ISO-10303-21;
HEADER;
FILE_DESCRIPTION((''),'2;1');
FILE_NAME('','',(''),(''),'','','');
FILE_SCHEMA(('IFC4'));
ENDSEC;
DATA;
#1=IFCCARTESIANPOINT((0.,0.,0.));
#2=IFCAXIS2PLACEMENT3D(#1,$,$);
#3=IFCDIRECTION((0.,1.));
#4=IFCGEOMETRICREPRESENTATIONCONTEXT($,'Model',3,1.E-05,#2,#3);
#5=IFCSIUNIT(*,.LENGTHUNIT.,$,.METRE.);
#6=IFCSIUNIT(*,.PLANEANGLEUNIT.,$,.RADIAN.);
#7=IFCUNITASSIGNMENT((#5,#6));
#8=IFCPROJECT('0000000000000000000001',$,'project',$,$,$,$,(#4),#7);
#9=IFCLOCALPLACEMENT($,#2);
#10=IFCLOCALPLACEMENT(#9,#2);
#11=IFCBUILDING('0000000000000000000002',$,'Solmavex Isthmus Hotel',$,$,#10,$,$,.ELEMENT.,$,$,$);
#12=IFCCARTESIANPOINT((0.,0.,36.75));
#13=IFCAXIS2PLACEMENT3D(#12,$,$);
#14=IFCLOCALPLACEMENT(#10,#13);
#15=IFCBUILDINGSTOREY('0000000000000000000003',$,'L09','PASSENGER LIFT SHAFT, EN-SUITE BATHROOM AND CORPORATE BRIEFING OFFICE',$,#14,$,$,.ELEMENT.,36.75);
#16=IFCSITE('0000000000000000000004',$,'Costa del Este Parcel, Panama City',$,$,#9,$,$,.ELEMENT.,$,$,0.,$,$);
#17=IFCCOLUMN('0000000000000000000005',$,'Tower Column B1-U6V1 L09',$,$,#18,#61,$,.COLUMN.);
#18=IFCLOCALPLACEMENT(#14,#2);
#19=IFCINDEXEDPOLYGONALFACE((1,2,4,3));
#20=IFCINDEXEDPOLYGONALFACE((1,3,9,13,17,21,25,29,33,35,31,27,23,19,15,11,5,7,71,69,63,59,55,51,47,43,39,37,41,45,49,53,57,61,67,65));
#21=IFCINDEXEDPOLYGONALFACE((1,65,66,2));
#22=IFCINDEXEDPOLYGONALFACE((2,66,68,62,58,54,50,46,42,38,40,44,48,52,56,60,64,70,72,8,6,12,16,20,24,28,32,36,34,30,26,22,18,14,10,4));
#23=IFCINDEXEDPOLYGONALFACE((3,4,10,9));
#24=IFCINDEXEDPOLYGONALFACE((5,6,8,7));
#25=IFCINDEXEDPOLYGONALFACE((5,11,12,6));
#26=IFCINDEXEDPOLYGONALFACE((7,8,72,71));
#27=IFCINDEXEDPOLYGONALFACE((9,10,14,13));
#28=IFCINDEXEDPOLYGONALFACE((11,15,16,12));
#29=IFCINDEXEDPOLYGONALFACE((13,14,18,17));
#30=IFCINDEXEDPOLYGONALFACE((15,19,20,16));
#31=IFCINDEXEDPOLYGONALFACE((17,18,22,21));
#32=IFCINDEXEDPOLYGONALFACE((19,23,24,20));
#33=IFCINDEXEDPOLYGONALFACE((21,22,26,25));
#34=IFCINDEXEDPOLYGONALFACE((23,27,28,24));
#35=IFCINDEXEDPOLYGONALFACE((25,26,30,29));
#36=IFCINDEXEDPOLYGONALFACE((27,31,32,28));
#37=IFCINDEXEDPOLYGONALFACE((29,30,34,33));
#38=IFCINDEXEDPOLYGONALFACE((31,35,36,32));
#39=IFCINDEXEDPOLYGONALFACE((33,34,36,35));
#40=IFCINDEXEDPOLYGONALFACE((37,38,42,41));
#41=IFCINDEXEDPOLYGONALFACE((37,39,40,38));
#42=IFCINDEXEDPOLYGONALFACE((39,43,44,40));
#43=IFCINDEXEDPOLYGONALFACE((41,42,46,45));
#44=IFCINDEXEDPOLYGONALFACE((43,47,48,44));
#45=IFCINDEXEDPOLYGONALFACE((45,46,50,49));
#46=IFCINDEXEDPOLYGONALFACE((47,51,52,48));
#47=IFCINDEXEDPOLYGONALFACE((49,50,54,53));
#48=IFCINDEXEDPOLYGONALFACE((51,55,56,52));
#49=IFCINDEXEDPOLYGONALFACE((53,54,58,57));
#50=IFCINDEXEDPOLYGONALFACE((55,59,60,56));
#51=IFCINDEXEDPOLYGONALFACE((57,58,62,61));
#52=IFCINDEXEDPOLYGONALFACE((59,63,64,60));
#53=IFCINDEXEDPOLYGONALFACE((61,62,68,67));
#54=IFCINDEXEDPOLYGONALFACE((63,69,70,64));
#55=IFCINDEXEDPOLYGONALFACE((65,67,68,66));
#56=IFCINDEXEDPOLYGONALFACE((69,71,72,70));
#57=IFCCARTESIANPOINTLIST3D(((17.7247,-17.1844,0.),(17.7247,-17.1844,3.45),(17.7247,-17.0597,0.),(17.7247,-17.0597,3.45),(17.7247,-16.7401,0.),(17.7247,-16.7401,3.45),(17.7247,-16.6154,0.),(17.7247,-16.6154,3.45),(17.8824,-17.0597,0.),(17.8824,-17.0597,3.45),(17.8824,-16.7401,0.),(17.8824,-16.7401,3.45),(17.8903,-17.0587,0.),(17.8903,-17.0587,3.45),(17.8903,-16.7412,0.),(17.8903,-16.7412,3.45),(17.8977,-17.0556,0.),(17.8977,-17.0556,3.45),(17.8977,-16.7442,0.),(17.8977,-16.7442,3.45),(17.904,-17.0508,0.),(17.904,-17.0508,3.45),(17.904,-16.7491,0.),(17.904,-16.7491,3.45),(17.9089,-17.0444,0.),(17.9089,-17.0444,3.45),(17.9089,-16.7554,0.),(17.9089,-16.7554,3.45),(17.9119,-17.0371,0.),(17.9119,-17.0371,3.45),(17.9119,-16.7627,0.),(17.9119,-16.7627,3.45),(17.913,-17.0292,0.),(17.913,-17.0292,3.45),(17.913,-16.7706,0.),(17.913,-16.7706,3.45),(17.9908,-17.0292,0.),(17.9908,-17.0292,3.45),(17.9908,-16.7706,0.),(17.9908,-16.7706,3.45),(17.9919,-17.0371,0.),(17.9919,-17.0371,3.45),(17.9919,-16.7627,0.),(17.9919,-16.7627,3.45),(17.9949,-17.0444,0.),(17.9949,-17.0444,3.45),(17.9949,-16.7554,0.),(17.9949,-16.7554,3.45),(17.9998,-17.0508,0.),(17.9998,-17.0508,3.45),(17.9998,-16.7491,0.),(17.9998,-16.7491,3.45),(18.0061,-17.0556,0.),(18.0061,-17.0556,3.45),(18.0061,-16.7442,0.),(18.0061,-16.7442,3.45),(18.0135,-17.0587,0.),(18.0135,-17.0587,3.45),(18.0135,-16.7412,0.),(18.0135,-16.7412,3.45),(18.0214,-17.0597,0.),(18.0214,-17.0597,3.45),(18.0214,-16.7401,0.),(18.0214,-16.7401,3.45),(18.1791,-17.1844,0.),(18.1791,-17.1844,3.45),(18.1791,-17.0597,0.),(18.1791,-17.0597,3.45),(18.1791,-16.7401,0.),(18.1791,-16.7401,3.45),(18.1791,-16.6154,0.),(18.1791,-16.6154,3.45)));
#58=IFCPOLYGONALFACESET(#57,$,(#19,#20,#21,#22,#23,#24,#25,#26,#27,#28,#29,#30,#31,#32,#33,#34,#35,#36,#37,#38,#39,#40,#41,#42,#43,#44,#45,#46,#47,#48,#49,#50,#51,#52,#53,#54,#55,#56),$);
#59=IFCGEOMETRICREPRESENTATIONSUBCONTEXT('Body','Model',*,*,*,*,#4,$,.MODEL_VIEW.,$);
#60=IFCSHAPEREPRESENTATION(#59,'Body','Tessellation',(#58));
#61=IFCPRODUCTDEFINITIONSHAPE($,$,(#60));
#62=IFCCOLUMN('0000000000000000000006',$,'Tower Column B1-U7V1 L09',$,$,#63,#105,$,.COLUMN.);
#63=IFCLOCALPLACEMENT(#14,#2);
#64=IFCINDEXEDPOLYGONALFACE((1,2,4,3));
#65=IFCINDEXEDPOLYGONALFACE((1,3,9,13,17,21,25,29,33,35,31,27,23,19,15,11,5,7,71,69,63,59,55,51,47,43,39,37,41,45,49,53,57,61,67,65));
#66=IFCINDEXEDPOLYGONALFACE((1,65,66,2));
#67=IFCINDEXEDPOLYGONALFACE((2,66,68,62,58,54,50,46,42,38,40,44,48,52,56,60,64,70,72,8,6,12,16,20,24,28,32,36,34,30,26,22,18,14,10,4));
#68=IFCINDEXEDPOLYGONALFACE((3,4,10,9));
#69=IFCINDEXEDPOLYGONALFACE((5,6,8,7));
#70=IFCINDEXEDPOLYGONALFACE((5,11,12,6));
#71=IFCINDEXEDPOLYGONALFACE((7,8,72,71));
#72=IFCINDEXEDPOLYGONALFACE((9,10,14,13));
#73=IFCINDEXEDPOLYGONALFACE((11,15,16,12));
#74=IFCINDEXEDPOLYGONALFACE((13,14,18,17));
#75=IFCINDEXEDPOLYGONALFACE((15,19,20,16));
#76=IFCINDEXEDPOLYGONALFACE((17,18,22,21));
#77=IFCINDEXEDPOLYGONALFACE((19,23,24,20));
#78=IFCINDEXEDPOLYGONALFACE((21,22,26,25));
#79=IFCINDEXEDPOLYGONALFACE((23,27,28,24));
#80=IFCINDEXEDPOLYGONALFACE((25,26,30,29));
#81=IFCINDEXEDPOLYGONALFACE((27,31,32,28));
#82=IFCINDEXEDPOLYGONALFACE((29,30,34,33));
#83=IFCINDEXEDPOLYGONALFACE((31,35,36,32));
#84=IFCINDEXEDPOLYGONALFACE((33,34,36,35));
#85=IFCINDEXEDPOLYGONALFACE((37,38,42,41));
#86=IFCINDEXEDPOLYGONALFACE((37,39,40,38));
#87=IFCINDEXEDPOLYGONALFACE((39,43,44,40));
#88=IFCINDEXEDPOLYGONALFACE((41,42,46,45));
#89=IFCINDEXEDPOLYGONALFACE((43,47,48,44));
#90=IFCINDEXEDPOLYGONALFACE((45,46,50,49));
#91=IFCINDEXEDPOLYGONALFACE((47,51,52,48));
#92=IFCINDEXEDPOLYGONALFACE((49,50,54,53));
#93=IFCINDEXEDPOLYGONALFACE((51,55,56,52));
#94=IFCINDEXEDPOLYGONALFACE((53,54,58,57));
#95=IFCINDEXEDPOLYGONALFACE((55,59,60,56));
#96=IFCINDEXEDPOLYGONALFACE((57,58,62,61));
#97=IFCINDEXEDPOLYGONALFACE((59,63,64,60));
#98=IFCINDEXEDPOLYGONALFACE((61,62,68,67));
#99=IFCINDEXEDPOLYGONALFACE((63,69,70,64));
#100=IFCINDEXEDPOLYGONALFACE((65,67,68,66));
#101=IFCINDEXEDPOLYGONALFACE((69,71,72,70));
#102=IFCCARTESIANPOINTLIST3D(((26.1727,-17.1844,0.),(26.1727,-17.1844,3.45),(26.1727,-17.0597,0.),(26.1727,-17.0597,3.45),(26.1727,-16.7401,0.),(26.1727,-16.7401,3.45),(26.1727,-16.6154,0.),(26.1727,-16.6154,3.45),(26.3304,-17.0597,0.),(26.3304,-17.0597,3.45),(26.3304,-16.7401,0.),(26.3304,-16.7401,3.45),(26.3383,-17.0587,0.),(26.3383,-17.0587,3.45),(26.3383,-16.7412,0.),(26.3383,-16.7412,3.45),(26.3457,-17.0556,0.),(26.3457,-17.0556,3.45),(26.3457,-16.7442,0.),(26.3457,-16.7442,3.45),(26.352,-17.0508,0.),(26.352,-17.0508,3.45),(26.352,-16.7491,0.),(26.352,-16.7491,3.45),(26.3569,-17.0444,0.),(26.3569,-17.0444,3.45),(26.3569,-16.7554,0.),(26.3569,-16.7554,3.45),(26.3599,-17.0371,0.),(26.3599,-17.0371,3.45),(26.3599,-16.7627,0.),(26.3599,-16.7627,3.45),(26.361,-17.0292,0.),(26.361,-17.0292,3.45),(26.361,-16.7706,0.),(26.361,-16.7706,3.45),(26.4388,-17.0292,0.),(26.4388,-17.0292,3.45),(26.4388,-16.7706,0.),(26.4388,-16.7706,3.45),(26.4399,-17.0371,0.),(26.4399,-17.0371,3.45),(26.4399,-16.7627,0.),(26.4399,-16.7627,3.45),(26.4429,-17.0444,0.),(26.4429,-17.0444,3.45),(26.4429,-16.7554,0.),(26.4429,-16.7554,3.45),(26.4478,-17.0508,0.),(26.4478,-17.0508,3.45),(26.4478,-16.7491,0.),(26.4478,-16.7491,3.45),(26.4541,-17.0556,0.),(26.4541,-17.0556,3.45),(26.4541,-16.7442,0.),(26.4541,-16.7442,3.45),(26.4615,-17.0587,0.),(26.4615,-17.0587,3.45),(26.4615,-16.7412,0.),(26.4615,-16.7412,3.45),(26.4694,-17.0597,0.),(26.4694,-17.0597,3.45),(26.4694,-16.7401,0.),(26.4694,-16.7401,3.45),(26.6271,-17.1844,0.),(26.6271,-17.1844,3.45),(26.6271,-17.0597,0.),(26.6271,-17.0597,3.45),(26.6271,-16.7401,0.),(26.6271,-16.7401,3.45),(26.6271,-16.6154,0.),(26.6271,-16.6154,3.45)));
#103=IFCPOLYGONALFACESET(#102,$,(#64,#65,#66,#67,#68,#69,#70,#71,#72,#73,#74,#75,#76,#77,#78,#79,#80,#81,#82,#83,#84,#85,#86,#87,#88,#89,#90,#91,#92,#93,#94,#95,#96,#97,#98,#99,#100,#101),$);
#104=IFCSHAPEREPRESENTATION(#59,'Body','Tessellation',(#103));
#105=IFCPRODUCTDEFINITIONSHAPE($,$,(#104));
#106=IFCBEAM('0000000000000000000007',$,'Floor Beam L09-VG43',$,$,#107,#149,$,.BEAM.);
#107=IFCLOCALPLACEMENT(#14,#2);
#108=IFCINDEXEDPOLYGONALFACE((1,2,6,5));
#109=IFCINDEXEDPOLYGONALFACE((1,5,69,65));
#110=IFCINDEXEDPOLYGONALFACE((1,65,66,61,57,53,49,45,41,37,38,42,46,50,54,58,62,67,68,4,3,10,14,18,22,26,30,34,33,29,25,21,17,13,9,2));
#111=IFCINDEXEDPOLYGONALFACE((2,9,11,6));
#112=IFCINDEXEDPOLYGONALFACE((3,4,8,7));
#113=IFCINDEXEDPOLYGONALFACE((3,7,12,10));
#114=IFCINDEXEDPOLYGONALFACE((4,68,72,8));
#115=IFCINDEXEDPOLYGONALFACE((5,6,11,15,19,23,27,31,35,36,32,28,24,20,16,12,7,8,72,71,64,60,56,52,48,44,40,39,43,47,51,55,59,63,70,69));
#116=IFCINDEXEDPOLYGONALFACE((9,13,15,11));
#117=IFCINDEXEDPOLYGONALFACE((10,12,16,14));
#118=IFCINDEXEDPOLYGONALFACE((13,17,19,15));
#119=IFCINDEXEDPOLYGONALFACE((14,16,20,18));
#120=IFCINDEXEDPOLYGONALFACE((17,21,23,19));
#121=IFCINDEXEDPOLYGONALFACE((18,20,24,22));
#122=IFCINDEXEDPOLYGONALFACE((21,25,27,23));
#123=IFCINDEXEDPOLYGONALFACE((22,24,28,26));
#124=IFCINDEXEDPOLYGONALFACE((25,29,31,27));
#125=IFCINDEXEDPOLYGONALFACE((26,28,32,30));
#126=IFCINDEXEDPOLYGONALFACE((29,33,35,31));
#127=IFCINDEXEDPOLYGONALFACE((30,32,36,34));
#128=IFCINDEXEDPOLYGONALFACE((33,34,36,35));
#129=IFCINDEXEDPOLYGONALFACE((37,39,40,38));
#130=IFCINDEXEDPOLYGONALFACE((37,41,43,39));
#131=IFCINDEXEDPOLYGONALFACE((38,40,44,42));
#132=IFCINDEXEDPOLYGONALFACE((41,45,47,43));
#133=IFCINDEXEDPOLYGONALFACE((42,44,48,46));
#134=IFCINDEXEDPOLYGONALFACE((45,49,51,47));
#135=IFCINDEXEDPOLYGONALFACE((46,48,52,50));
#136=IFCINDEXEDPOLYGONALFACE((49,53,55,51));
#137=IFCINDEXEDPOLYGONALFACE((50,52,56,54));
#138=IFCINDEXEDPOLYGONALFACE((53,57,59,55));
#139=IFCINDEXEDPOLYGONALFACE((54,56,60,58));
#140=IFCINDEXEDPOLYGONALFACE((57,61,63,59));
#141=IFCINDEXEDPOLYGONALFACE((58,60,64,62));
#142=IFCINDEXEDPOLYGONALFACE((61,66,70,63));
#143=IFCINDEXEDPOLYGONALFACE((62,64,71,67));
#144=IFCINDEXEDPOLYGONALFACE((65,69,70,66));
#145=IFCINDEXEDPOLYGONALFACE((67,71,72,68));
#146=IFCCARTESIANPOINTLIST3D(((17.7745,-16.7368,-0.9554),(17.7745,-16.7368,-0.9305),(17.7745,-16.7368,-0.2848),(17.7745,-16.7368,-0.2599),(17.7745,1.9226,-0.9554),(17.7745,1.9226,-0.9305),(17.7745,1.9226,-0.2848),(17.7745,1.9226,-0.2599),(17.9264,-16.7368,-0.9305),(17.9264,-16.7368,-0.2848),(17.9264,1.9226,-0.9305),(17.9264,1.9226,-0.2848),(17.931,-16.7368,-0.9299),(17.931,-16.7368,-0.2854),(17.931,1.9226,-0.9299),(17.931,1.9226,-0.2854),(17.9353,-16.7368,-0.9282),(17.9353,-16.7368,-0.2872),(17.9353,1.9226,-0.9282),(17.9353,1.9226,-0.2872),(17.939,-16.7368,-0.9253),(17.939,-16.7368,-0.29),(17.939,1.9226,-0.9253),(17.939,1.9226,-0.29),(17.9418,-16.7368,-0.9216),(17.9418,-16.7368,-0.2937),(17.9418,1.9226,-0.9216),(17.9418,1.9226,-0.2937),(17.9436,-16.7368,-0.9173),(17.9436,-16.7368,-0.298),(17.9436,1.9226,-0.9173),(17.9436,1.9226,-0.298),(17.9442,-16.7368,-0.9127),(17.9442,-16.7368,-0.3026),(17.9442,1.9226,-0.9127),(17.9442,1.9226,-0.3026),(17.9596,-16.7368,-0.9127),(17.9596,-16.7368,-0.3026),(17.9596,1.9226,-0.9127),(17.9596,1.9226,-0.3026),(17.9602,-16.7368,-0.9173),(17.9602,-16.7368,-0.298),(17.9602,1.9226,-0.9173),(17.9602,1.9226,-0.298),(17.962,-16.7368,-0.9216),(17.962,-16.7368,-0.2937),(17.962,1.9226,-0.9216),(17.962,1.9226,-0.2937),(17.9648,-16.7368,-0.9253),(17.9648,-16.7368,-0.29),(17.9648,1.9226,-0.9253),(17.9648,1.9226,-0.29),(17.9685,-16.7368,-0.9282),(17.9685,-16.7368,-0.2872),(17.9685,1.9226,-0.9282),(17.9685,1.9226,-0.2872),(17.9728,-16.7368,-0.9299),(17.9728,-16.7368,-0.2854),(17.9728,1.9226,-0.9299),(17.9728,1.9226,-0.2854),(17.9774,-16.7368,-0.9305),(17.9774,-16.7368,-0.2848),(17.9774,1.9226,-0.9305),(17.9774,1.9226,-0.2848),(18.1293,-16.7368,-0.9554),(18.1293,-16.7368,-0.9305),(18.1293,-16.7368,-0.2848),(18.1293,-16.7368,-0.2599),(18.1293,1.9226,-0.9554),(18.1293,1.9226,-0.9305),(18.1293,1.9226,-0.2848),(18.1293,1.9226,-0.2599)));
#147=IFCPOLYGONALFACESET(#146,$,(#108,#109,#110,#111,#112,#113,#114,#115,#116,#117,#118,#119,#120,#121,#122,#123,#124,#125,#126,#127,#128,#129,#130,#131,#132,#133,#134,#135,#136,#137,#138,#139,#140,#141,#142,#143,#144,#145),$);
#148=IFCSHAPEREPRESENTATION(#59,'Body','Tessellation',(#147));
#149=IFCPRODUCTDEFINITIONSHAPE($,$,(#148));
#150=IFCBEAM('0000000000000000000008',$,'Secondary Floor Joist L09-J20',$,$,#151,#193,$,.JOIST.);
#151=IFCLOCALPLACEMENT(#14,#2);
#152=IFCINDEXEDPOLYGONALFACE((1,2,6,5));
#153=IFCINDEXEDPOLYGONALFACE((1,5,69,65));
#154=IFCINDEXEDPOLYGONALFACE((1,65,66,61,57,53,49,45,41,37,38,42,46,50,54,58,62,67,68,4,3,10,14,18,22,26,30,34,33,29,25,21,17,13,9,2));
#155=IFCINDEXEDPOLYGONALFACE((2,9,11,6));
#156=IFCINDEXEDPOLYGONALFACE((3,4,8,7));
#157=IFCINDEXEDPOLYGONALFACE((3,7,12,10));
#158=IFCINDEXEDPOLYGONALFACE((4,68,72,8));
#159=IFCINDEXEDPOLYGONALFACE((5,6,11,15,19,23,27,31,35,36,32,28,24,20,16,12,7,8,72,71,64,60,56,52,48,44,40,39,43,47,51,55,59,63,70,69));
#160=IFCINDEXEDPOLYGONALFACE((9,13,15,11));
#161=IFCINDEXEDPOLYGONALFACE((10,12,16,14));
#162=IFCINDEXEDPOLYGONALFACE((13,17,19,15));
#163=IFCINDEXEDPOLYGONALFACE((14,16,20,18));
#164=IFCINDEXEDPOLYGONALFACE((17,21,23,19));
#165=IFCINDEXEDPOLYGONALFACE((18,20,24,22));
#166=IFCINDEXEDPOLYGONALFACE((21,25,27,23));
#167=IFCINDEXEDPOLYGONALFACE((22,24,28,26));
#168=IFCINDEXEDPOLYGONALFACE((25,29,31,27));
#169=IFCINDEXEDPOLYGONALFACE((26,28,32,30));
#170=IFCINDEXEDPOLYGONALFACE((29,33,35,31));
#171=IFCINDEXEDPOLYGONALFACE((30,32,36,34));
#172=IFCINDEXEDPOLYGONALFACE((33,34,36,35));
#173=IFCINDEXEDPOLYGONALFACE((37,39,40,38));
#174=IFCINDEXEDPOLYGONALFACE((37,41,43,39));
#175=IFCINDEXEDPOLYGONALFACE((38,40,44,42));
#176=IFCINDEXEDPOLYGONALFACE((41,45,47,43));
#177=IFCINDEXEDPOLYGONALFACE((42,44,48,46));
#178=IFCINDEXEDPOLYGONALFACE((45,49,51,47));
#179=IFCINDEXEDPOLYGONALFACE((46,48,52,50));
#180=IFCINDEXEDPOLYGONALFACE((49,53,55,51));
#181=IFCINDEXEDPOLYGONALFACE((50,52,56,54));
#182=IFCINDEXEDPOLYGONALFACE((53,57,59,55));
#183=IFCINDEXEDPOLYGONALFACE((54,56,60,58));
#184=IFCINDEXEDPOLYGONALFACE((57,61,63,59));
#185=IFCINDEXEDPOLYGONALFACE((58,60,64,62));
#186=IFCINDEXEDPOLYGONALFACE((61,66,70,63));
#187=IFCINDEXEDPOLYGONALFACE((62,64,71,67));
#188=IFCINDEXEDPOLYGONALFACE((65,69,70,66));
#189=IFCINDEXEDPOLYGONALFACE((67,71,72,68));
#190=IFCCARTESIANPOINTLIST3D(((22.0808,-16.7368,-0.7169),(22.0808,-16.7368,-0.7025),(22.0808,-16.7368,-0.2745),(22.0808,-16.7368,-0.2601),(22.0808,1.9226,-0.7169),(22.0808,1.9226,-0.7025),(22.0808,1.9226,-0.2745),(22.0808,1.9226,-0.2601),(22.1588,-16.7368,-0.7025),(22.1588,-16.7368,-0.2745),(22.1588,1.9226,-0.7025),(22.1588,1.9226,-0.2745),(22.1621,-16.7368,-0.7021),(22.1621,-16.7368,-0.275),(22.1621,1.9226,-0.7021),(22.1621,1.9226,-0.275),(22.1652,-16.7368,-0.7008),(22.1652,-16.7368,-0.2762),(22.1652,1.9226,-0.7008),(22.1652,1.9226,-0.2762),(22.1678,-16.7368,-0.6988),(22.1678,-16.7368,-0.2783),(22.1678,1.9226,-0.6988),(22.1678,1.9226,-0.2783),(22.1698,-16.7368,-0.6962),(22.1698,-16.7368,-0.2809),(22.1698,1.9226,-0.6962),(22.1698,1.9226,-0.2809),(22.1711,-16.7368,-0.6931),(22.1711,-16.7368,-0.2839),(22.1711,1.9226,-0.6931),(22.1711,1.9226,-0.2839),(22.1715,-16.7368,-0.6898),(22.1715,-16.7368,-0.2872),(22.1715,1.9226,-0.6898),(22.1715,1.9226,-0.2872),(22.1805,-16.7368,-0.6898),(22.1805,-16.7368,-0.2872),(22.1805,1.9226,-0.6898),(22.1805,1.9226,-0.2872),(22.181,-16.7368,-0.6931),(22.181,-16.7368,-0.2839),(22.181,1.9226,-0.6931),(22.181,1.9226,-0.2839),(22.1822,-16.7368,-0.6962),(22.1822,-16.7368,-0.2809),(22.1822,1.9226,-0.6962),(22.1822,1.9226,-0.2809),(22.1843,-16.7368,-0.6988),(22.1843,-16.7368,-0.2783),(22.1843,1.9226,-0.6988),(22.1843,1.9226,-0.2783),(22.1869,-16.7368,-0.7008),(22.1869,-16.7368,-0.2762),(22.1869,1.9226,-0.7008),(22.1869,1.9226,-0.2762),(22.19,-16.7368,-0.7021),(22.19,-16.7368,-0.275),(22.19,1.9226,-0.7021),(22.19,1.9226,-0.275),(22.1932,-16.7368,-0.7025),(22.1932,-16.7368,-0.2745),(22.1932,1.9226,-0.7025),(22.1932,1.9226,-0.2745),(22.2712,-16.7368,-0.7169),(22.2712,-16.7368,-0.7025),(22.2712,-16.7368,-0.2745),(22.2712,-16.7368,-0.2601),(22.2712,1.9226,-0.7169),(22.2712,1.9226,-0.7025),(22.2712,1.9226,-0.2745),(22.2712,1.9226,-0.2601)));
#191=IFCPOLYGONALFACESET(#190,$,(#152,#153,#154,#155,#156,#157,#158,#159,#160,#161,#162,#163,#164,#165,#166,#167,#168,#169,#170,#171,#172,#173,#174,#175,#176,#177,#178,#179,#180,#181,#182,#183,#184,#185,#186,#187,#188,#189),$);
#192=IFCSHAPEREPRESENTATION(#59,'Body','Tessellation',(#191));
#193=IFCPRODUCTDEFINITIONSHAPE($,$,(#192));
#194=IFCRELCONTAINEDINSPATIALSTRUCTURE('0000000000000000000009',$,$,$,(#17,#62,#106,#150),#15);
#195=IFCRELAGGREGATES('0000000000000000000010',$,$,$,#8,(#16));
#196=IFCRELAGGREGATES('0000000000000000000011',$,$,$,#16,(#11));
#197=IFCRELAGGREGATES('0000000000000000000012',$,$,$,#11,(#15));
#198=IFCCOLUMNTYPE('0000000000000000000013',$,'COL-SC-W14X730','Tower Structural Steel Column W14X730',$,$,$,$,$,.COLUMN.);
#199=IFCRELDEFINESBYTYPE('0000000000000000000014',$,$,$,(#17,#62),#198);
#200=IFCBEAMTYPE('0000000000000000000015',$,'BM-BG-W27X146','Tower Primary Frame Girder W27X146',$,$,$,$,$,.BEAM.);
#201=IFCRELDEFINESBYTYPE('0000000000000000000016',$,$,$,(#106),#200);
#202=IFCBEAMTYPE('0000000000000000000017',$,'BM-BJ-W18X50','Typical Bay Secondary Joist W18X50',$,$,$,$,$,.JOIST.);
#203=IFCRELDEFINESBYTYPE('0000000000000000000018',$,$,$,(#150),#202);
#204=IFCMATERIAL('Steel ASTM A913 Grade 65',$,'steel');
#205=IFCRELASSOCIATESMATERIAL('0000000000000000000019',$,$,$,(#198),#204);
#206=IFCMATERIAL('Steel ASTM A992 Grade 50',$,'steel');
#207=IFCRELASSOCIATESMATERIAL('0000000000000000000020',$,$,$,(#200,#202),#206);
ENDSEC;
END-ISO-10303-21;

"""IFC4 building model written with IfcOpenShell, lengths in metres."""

from ifc_helpers import new_model, si_unit, direction, frame, origin, origin_2d, place, context, subcontext, project, spatial, i_section, extrude, material, material_profile, profile_set, type_object, element, save


model = new_model("IFC4")

# Units and contexts
model_context = context("Model", 3, precision=1e-05, world=origin(), true_north=direction((0.0, 1.0)))
body_context = subcontext(model_context, "Body", "Model", "MODEL_VIEW")
ifc_project = project(units=[si_unit("LENGTHUNIT", "METRE"), si_unit("PLANEANGLEUNIT", "RADIAN")], contexts=[model_context])

# Site, building, storey
site_placement = place(None, origin())
site = spatial("IfcSite", under=ifc_project, at=site_placement, Name="Costa del Este Parcel, Panama City", CompositionType="ELEMENT", RefElevation=0.0)
building_placement = place(site_placement, origin())
building = spatial("IfcBuilding", under=site, at=building_placement, Name="Solmavex Isthmus Hotel", CompositionType="ELEMENT")
storey_placement = place(building_placement, frame((0.0, 0.0, 36.75)))
storey = spatial("IfcBuildingStorey", under=building, at=storey_placement, Name="L09", Description="PASSENGER LIFT SHAFT, EN-SUITE BATHROOM AND CORPORATE BRIEFING OFFICE", CompositionType="ELEMENT", Elevation=36.75)

# Columns
ifc_material_1 = material(Name="Steel ASTM A913 Grade 65", Category="steel")
ifc_material_profile_1 = material_profile(ifc_material_1, i_section(OverallWidth=0.4543, OverallDepth=0.5691, WebThickness=0.0779, FlangeThickness=0.1248, FilletRadius=0.0305, at=origin_2d()), Name="W14X730")
ifc_profile_set_1 = profile_set([ifc_material_profile_1], Name="Steel ASTM A913 Grade 65")
column_type = type_object("IfcColumnType", Name="COL-SC-W14X730", Description="Tower Structural Steel Column W14X730", PredefinedType="COLUMN", material=ifc_profile_set_1)
for number, where, z_axis, x_axis, name in (
    (1, (17.9519, -16.8999, 0.0), (0.0, 0.0, 1.0), (1.0, 0.0, 0.0), "Tower Column B1-U6V1 L09"),
    (2, (26.3999, -16.8999, 0.0), (0.0, 0.0, 1.0), (1.0, 0.0, 0.0), "Tower Column B1-U7V1 L09"),
):
    element("IfcColumn", number, at=place(storey_placement, frame(where, z_axis=z_axis, x_axis=x_axis)), inside=storey, type_object=column_type, Name=name, PredefinedType="COLUMN", context=body_context, shape_type="SweptSolid", body=[
        extrude(i_section(OverallWidth=0.4543, OverallDepth=0.5691, WebThickness=0.0779, FlangeThickness=0.1248, FilletRadius=0.0305, at=origin_2d()), origin(), (0.0, 0.0, 1.0), 3.45),
    ])

# Beams
ifc_material_2 = material(Name="Steel ASTM A992 Grade 50", Category="steel")
ifc_material_profile_2 = material_profile(ifc_material_2, i_section(OverallWidth=0.3547, OverallDepth=0.6956, WebThickness=0.0154, FlangeThickness=0.0249, FilletRadius=0.0178, at=origin_2d()), Name="W27X146")
ifc_profile_set_2 = profile_set([ifc_material_profile_2], Name="Steel ASTM A992 Grade 50")
beam_type_1 = type_object("IfcBeamType", Name="BM-BG-W27X146", Description="Tower Primary Frame Girder W27X146", PredefinedType="BEAM", material=ifc_profile_set_2)
beam_1_placement = place(storey_placement, frame((17.9519, -16.7368, -0.6077), z_axis=(0.0, 1.0, 0.0), x_axis=(-1.0, 0.0, 0.0)))
element("IfcBeam", 3, at=beam_1_placement, inside=storey, type_object=beam_type_1, Name="Floor Beam L09-VG43", PredefinedType="BEAM", context=body_context, shape_type="SweptSolid", body=[
    extrude(i_section(OverallWidth=0.3547, OverallDepth=0.6956, WebThickness=0.0154, FlangeThickness=0.0249, FilletRadius=0.0178, at=origin_2d()), origin(), (0.0, 0.0, 1.0), 18.6594),
])
ifc_material_profile_3 = material_profile(ifc_material_2, i_section(OverallWidth=0.1904, OverallDepth=0.4568, WebThickness=0.009, FlangeThickness=0.0144, FilletRadius=0.0127, at=origin_2d()), Name="W18X50")
ifc_profile_set_3 = profile_set([ifc_material_profile_3], Name="Steel ASTM A992 Grade 50")
beam_type_2 = type_object("IfcBeamType", Name="BM-BJ-W18X50", Description="Typical Bay Secondary Joist W18X50", PredefinedType="JOIST", material=ifc_profile_set_3)
beam_2_placement = place(storey_placement, frame((22.176, -16.7368, -0.4885), z_axis=(0.0, 1.0, 0.0), x_axis=(-1.0, 0.0, 0.0)))
element("IfcBeam", 4, at=beam_2_placement, inside=storey, type_object=beam_type_2, Name="Secondary Floor Joist L09-J20", PredefinedType="JOIST", context=body_context, shape_type="SweptSolid", body=[
    extrude(i_section(OverallWidth=0.1904, OverallDepth=0.4568, WebThickness=0.009, FlangeThickness=0.0144, FilletRadius=0.0127, at=origin_2d()), origin(), (0.0, 0.0, 1.0), 18.6594),
])

save(model, "model.ifc")
